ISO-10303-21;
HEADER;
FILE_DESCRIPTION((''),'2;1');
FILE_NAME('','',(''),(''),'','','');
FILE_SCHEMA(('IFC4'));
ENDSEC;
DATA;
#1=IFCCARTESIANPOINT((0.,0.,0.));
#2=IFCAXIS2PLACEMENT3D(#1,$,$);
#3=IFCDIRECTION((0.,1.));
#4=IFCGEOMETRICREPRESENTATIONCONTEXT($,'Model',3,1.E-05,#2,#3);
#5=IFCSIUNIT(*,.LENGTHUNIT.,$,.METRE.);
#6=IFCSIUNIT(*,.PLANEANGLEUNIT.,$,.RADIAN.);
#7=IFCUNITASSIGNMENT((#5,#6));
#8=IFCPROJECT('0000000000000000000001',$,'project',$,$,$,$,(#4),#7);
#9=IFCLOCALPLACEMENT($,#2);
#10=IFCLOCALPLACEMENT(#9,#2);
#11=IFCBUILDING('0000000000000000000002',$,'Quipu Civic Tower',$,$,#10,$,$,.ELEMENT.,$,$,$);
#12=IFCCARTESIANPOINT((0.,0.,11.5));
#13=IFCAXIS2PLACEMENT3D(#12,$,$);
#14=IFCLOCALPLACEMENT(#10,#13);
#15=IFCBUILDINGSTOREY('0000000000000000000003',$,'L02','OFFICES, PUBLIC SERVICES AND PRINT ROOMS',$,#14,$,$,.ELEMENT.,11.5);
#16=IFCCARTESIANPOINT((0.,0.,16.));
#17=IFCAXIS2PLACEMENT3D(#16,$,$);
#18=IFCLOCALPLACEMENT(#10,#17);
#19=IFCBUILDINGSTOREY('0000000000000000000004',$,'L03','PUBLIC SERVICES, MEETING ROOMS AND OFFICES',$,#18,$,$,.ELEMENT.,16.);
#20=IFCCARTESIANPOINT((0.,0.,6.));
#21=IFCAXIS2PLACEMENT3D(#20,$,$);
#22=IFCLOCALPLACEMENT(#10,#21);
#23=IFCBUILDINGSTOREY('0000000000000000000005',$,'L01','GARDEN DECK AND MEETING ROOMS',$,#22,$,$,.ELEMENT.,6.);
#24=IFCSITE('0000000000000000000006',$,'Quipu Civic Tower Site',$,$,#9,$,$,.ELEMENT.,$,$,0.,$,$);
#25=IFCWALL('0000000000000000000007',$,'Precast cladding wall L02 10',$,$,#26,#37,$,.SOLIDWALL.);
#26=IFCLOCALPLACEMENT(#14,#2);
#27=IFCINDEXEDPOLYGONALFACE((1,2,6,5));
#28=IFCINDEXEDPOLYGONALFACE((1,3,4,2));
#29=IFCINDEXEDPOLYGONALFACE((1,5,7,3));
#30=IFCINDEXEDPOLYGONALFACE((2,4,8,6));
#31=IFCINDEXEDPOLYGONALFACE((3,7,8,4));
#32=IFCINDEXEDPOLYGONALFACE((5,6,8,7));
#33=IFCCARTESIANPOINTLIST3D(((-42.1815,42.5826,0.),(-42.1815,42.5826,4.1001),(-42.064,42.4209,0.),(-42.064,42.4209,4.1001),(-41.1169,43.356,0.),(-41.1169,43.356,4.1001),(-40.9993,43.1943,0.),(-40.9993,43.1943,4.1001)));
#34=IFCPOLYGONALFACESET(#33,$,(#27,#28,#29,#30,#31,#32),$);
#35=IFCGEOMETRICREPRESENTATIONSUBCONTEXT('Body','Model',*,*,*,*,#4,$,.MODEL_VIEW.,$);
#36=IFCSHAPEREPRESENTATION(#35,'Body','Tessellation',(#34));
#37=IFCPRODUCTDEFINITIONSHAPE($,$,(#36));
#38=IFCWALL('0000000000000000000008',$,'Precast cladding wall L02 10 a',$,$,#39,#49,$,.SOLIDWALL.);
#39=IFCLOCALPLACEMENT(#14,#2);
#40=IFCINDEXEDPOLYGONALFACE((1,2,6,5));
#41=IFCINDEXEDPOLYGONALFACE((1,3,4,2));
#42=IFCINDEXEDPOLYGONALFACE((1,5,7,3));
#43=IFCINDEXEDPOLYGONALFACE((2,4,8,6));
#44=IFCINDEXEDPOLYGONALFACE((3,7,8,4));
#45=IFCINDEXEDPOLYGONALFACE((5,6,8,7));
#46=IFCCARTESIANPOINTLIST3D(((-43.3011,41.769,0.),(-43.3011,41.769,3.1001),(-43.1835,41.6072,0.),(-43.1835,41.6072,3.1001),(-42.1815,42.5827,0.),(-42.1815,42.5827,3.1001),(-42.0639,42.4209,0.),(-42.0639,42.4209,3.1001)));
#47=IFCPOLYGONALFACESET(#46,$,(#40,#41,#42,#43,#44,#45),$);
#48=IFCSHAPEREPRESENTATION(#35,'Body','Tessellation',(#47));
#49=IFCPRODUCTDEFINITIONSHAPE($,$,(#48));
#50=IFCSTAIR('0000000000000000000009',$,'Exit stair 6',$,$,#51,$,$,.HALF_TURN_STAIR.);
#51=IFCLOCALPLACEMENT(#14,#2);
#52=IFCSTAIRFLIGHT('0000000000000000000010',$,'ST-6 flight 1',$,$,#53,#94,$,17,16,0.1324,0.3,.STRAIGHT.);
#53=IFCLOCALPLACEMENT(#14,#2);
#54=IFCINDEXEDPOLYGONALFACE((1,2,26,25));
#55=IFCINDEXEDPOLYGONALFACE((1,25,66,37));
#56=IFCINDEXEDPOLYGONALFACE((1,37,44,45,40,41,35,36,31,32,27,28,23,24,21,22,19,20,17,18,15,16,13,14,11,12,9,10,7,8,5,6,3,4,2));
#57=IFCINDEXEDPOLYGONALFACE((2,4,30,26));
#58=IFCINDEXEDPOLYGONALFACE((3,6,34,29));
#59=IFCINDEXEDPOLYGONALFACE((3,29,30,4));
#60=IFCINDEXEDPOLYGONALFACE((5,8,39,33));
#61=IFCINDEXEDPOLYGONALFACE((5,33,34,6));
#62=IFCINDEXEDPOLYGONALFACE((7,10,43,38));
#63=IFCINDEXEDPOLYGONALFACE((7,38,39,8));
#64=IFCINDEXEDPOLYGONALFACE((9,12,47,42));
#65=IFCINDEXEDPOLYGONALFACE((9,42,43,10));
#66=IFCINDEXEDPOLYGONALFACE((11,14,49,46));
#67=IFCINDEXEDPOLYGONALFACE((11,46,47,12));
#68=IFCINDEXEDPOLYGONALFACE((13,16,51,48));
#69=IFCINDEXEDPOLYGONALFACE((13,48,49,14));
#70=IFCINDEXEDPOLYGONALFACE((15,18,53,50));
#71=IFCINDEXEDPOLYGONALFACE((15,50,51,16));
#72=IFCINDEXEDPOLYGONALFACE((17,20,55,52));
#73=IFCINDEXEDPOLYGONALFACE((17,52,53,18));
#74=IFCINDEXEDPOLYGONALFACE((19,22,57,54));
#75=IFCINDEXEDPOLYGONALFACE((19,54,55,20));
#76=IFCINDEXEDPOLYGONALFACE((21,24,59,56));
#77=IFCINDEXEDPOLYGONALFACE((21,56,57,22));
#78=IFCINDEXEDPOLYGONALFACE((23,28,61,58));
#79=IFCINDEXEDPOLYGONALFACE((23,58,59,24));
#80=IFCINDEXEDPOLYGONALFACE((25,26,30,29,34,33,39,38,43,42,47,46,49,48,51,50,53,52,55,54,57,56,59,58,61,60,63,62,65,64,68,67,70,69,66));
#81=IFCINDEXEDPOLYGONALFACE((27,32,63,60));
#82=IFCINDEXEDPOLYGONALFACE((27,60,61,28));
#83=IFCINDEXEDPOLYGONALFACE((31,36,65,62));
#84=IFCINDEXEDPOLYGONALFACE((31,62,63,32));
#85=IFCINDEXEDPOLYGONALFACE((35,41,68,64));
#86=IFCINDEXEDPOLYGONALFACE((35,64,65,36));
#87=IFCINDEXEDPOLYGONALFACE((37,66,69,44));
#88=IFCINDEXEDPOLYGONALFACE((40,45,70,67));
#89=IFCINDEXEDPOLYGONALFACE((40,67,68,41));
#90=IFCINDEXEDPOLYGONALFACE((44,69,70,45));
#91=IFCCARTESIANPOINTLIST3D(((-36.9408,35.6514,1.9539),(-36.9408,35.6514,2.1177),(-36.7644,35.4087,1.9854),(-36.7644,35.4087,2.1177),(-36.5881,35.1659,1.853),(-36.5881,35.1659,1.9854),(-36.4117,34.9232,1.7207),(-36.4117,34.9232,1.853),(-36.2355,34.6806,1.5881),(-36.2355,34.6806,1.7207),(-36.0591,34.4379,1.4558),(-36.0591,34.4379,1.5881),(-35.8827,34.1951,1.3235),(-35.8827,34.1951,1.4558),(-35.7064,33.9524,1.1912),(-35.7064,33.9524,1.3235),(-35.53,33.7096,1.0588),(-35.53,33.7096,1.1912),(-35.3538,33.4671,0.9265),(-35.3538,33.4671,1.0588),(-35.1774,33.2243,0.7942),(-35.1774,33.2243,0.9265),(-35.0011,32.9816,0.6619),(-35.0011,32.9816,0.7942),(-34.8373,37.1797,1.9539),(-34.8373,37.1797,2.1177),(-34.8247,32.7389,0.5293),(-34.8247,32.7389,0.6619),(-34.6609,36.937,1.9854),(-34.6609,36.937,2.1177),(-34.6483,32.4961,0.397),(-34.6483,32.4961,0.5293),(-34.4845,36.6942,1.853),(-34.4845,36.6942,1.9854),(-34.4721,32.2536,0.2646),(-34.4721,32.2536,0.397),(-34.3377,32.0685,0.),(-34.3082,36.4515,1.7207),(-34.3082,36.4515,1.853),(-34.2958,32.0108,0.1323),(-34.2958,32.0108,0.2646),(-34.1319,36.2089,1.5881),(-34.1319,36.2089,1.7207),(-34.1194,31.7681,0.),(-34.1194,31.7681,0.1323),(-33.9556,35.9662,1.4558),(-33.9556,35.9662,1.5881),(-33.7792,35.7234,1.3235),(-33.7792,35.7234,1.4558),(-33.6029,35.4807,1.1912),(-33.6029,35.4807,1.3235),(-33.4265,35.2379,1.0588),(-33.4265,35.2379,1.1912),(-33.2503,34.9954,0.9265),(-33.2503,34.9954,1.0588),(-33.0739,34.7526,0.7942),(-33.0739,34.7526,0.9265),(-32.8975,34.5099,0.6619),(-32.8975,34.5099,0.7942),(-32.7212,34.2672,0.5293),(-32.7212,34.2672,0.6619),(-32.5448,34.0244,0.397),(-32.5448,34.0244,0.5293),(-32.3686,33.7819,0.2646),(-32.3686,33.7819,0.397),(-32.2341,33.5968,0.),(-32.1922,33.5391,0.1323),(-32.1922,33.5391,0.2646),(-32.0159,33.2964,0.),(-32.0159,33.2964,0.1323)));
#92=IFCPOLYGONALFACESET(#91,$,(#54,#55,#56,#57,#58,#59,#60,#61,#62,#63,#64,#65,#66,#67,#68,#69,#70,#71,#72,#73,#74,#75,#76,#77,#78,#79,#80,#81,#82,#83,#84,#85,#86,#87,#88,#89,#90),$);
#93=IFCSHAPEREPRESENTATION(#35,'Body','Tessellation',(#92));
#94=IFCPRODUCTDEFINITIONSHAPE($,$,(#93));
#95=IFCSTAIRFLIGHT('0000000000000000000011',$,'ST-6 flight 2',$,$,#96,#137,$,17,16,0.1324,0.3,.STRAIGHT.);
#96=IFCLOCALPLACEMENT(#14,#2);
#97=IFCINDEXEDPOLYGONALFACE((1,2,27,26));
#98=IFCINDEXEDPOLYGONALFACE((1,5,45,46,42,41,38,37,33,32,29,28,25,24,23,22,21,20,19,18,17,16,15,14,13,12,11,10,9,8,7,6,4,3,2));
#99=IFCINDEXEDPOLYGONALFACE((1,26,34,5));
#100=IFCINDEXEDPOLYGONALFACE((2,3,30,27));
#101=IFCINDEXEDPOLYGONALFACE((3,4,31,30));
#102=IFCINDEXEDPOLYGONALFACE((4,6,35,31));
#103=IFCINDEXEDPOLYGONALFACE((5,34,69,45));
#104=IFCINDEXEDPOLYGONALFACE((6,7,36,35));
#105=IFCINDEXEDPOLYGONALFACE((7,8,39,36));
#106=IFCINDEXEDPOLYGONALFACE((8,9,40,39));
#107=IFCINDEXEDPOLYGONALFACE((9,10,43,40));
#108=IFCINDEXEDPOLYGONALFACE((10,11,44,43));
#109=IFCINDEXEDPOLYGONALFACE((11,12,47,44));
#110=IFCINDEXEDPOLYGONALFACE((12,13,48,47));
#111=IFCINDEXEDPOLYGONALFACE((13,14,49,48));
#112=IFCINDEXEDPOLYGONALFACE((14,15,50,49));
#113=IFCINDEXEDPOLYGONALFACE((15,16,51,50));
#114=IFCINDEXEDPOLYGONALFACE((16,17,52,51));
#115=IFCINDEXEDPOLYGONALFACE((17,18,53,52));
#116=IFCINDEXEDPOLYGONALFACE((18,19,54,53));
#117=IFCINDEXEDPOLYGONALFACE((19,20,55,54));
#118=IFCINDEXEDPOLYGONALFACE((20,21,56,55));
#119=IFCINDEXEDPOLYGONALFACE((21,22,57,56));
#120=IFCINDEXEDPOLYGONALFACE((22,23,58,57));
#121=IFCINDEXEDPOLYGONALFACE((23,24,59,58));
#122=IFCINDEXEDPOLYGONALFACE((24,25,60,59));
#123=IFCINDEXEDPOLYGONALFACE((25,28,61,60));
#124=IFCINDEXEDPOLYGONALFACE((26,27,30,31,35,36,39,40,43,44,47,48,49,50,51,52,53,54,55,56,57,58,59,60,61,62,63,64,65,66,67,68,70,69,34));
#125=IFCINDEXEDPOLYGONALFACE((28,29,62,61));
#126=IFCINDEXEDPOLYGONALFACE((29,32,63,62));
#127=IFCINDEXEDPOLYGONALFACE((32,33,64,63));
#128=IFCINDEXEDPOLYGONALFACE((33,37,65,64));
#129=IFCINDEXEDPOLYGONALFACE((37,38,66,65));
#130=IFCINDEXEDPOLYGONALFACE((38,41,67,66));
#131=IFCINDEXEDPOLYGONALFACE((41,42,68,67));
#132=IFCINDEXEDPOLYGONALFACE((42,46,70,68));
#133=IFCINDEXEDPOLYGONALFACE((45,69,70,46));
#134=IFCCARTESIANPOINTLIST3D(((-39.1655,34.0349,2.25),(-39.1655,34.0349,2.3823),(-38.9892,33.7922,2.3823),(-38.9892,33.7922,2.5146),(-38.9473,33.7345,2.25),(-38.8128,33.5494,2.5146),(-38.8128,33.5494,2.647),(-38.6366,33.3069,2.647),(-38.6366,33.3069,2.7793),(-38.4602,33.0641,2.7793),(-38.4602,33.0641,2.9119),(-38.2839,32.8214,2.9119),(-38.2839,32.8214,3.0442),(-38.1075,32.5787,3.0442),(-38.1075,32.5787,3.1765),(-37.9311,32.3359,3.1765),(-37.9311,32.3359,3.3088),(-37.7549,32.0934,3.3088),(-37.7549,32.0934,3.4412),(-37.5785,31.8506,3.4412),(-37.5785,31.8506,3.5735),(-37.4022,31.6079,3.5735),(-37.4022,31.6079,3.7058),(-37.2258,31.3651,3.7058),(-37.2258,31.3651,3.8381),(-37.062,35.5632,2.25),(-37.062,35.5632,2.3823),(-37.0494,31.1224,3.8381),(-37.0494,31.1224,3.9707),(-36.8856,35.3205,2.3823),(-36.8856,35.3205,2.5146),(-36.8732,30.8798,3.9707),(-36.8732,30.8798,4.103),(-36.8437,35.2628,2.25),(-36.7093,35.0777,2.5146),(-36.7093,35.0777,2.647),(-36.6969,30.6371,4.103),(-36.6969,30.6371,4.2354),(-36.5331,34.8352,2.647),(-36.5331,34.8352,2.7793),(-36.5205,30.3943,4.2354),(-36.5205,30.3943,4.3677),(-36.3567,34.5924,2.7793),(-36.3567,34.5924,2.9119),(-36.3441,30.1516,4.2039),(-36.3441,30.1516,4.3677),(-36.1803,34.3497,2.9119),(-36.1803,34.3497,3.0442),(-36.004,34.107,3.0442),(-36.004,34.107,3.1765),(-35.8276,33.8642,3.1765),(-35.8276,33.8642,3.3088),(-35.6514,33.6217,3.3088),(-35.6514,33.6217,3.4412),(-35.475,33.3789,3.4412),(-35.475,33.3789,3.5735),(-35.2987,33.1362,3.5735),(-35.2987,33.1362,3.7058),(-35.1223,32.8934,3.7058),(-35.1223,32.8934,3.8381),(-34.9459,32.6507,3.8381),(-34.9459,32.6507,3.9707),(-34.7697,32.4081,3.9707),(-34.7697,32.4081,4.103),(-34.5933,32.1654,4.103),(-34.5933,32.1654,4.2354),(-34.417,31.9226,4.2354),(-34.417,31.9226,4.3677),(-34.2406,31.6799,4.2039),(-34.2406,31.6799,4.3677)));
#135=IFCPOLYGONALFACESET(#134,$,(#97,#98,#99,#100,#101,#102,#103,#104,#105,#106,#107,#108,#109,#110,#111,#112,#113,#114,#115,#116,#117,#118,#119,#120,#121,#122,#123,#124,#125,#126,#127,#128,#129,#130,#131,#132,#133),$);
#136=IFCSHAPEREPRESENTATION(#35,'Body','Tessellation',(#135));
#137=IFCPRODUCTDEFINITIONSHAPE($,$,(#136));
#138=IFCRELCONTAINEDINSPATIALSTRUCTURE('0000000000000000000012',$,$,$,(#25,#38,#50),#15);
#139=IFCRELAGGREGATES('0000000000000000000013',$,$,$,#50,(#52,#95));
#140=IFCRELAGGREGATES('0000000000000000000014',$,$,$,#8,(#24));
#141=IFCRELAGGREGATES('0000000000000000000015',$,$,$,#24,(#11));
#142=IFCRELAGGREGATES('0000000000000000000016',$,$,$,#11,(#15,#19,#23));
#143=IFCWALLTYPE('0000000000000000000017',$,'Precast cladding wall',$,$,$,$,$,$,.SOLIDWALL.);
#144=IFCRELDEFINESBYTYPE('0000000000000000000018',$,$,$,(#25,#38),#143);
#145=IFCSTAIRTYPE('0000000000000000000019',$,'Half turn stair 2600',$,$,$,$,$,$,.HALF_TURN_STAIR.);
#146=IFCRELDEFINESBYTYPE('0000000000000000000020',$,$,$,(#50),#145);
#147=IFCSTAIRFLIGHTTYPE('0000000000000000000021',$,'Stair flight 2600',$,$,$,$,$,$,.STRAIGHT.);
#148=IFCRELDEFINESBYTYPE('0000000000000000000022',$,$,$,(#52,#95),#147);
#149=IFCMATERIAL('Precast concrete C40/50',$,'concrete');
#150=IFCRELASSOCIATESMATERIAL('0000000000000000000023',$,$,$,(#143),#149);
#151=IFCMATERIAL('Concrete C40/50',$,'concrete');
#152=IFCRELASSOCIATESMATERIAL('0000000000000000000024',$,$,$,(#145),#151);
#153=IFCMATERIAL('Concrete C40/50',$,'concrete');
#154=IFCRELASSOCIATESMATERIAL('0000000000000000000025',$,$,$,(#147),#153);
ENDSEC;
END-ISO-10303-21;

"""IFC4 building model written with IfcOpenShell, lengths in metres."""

from ifc_helpers import new_model, si_unit, direction, frame, frame_2d, origin, place, context, subcontext, project, spatial, polyline, rectangle, outline, extrude, material, type_object, element, aggregate, save


model = new_model("IFC4")

# Units and contexts
model_context = context("Model", 3, precision=1e-05, world=origin(), true_north=direction((0.0, 1.0)))
body_context = subcontext(model_context, "Body", "Model", "MODEL_VIEW")
ifc_project = project(units=[si_unit("LENGTHUNIT", "METRE"), si_unit("PLANEANGLEUNIT", "RADIAN")], contexts=[model_context])

# Site, building, storey
site_placement = place(None, origin())
site = spatial("IfcSite", under=ifc_project, at=site_placement, Name="Quipu Civic Tower Site", CompositionType="ELEMENT", RefElevation=0.0)
building_placement = place(site_placement, origin())
building = spatial("IfcBuilding", under=site, at=building_placement, Name="Quipu Civic Tower", CompositionType="ELEMENT")
storey_1_placement = place(building_placement, frame((0.0, 0.0, 11.5)))
storey_1 = spatial("IfcBuildingStorey", under=building, at=storey_1_placement, Name="L02", Description="OFFICES, PUBLIC SERVICES AND PRINT ROOMS", CompositionType="ELEMENT", Elevation=11.5)

# Shared definitions
storey_2_placement = place(building_placement, frame((0.0, 0.0, 16.0)))
storey_2 = spatial("IfcBuildingStorey", under=building, at=storey_2_placement, Name="L03", Description="PUBLIC SERVICES, MEETING ROOMS AND OFFICES", CompositionType="ELEMENT", Elevation=16.0)

# Shared definitions
storey_3_placement = place(building_placement, frame((0.0, 0.0, 6.0)))
storey_3 = spatial("IfcBuildingStorey", under=building, at=storey_3_placement, Name="L01", Description="GARDEN DECK AND MEETING ROOMS", CompositionType="ELEMENT", Elevation=6.0)

# Walls
ifc_material_1 = material(Name="Precast concrete C40/50", Category="concrete")
wall_type_1 = type_object("IfcWallType", Name="Precast cladding wall", PredefinedType="SOLIDWALL", material=ifc_material_1)
wall_1_placement = place(storey_1_placement, frame((-41.0581, 43.2751, 0.0), z_axis=(0.0, 0.0, 1.0), x_axis=(-0.809057, -0.58773, 0.0)))
element("IfcWall", 1, at=wall_1_placement, inside=storey_1, type_object=wall_type_1, Name="Precast cladding wall L02 10", PredefinedType="SOLIDWALL", context=body_context, shape_type="SweptSolid", body=[
    extrude(rectangle(XDim=1.3159, YDim=0.2, at=frame_2d((0.658, 0.0))), origin(), (0.0, 0.0, 1.0), 4.1001),
])
wall_2_placement = place(storey_1_placement, frame((-42.1228, 42.5017, 0.0), z_axis=(0.0, 0.0, 1.0), x_axis=(-0.808927, -0.587909, 0.0)))
element("IfcWall", 2, at=wall_2_placement, inside=storey_1, type_object=wall_type_1, Name="Precast cladding wall L02 10 a", PredefinedType="SOLIDWALL", context=body_context, shape_type="SweptSolid", body=[
    extrude(rectangle(XDim=1.384, YDim=0.2, at=frame_2d((0.6919, 0.0))), origin(), (0.0, 0.0, 1.0), 3.1001),
])

# Stair, stair flights
ifc_material_2 = material(Name="Concrete C40/50", Category="concrete")
stair_type = type_object("IfcStairType", Name="Half turn stair 2600", PredefinedType="HALF_TURN_STAIR", material=ifc_material_2)
stair_placement = place(storey_1_placement, origin())
stair = element("IfcStair", 3, at=stair_placement, inside=storey_1, type_object=stair_type, Name="Exit stair 6", PredefinedType="HALF_TURN_STAIR")
ifc_material_3 = material(Name="Concrete C40/50", Category="concrete")
stair_flight_type = type_object("IfcStairFlightType", Name="Stair flight 2600", PredefinedType="STRAIGHT", material=ifc_material_3)
stair_flight_1_placement = place(storey_1_placement, frame((-33.0676, 32.5322, 0.0), z_axis=(0.0, 0.0, 1.0), x_axis=(-0.587785, 0.809017, 0.0)))
stair_flight_1 = element("IfcStairFlight", 4, at=stair_flight_1_placement, type_object=stair_flight_type, Name="ST-6 flight 1", NumberOfRisers=17, NumberOfTreads=16, PredefinedType="STRAIGHT", RiserHeight=0.1324, TreadLength=0.3, context=body_context, shape_type="SweptSolid", body=[
    extrude(outline(polyline([(0.0, 0.0), (0.0, 0.1323), (0.3, 0.1323), (0.3, 0.2646), (0.6001, 0.2646), (0.6001, 0.397), (0.8999, 0.397), (0.8999, 0.5293), (1.2, 0.5293), (1.2, 0.6619), (1.5, 0.6619), (1.5, 0.7942), (1.8, 0.7942), (1.8, 0.9265), (2.1001, 0.9265), (2.1001, 1.0588), (2.3999, 1.0588), (2.3999, 1.1912), (2.7, 1.1912), (2.7, 1.3235), (3.0, 1.3235), (3.0, 1.4558), (3.3, 1.4558), (3.3, 1.5881), (3.6001, 1.5881), (3.6001, 1.7207), (3.8999, 1.7207), (3.8999, 1.853), (4.2, 1.853), (4.2, 1.9854), (4.5, 1.9854), (4.5, 2.1177), (4.8, 2.1177), (4.8, 2.25), (4.8, 1.9539), (0.3713, 0.0), (0.0, 0.0)])), frame((0.0, 1.3, 0.0), z_axis=(0.0, -1.0, 0.0), x_axis=(1.0, 0.0, 0.0)), (0.0, 0.0, 1.0), 2.6001),
])
stair_flight_2_placement = place(storey_1_placement, frame((-38.1138, 34.7991, 2.25), z_axis=(0.0, 0.0, 1.0), x_axis=(0.587785, -0.809017, 0.0)))
stair_flight_2 = element("IfcStairFlight", 5, at=stair_flight_2_placement, type_object=stair_flight_type, Name="ST-6 flight 2", NumberOfRisers=17, NumberOfTreads=16, PredefinedType="STRAIGHT", RiserHeight=0.1324, TreadLength=0.3, context=body_context, shape_type="SweptSolid", body=[
    extrude(outline(polyline([(0.0, 0.0), (0.0, 0.1323), (0.3, 0.1323), (0.3, 0.2646), (0.6001, 0.2646), (0.6001, 0.397), (0.8999, 0.397), (0.8999, 0.5293), (1.2, 0.5293), (1.2, 0.6619), (1.5, 0.6619), (1.5, 0.7942), (1.8, 0.7942), (1.8, 0.9265), (2.1001, 0.9265), (2.1001, 1.0588), (2.3999, 1.0588), (2.3999, 1.1912), (2.7, 1.1912), (2.7, 1.3235), (3.0, 1.3235), (3.0, 1.4558), (3.3, 1.4558), (3.3, 1.5881), (3.6001, 1.5881), (3.6001, 1.7207), (3.8999, 1.7207), (3.8999, 1.853), (4.2, 1.853), (4.2, 1.9854), (4.5, 1.9854), (4.5, 2.1177), (4.8, 2.1177), (4.8, 2.25), (4.8, 1.9539), (0.3713, 0.0), (0.0, 0.0)])), frame((0.0, 1.3, 0.0), z_axis=(0.0, -1.0, 0.0), x_axis=(1.0, 0.0, 0.0)), (0.0, 0.0, 1.0), 2.6001),
])
aggregate(stair, [stair_flight_1, stair_flight_2])

save(model, "model.ifc")
